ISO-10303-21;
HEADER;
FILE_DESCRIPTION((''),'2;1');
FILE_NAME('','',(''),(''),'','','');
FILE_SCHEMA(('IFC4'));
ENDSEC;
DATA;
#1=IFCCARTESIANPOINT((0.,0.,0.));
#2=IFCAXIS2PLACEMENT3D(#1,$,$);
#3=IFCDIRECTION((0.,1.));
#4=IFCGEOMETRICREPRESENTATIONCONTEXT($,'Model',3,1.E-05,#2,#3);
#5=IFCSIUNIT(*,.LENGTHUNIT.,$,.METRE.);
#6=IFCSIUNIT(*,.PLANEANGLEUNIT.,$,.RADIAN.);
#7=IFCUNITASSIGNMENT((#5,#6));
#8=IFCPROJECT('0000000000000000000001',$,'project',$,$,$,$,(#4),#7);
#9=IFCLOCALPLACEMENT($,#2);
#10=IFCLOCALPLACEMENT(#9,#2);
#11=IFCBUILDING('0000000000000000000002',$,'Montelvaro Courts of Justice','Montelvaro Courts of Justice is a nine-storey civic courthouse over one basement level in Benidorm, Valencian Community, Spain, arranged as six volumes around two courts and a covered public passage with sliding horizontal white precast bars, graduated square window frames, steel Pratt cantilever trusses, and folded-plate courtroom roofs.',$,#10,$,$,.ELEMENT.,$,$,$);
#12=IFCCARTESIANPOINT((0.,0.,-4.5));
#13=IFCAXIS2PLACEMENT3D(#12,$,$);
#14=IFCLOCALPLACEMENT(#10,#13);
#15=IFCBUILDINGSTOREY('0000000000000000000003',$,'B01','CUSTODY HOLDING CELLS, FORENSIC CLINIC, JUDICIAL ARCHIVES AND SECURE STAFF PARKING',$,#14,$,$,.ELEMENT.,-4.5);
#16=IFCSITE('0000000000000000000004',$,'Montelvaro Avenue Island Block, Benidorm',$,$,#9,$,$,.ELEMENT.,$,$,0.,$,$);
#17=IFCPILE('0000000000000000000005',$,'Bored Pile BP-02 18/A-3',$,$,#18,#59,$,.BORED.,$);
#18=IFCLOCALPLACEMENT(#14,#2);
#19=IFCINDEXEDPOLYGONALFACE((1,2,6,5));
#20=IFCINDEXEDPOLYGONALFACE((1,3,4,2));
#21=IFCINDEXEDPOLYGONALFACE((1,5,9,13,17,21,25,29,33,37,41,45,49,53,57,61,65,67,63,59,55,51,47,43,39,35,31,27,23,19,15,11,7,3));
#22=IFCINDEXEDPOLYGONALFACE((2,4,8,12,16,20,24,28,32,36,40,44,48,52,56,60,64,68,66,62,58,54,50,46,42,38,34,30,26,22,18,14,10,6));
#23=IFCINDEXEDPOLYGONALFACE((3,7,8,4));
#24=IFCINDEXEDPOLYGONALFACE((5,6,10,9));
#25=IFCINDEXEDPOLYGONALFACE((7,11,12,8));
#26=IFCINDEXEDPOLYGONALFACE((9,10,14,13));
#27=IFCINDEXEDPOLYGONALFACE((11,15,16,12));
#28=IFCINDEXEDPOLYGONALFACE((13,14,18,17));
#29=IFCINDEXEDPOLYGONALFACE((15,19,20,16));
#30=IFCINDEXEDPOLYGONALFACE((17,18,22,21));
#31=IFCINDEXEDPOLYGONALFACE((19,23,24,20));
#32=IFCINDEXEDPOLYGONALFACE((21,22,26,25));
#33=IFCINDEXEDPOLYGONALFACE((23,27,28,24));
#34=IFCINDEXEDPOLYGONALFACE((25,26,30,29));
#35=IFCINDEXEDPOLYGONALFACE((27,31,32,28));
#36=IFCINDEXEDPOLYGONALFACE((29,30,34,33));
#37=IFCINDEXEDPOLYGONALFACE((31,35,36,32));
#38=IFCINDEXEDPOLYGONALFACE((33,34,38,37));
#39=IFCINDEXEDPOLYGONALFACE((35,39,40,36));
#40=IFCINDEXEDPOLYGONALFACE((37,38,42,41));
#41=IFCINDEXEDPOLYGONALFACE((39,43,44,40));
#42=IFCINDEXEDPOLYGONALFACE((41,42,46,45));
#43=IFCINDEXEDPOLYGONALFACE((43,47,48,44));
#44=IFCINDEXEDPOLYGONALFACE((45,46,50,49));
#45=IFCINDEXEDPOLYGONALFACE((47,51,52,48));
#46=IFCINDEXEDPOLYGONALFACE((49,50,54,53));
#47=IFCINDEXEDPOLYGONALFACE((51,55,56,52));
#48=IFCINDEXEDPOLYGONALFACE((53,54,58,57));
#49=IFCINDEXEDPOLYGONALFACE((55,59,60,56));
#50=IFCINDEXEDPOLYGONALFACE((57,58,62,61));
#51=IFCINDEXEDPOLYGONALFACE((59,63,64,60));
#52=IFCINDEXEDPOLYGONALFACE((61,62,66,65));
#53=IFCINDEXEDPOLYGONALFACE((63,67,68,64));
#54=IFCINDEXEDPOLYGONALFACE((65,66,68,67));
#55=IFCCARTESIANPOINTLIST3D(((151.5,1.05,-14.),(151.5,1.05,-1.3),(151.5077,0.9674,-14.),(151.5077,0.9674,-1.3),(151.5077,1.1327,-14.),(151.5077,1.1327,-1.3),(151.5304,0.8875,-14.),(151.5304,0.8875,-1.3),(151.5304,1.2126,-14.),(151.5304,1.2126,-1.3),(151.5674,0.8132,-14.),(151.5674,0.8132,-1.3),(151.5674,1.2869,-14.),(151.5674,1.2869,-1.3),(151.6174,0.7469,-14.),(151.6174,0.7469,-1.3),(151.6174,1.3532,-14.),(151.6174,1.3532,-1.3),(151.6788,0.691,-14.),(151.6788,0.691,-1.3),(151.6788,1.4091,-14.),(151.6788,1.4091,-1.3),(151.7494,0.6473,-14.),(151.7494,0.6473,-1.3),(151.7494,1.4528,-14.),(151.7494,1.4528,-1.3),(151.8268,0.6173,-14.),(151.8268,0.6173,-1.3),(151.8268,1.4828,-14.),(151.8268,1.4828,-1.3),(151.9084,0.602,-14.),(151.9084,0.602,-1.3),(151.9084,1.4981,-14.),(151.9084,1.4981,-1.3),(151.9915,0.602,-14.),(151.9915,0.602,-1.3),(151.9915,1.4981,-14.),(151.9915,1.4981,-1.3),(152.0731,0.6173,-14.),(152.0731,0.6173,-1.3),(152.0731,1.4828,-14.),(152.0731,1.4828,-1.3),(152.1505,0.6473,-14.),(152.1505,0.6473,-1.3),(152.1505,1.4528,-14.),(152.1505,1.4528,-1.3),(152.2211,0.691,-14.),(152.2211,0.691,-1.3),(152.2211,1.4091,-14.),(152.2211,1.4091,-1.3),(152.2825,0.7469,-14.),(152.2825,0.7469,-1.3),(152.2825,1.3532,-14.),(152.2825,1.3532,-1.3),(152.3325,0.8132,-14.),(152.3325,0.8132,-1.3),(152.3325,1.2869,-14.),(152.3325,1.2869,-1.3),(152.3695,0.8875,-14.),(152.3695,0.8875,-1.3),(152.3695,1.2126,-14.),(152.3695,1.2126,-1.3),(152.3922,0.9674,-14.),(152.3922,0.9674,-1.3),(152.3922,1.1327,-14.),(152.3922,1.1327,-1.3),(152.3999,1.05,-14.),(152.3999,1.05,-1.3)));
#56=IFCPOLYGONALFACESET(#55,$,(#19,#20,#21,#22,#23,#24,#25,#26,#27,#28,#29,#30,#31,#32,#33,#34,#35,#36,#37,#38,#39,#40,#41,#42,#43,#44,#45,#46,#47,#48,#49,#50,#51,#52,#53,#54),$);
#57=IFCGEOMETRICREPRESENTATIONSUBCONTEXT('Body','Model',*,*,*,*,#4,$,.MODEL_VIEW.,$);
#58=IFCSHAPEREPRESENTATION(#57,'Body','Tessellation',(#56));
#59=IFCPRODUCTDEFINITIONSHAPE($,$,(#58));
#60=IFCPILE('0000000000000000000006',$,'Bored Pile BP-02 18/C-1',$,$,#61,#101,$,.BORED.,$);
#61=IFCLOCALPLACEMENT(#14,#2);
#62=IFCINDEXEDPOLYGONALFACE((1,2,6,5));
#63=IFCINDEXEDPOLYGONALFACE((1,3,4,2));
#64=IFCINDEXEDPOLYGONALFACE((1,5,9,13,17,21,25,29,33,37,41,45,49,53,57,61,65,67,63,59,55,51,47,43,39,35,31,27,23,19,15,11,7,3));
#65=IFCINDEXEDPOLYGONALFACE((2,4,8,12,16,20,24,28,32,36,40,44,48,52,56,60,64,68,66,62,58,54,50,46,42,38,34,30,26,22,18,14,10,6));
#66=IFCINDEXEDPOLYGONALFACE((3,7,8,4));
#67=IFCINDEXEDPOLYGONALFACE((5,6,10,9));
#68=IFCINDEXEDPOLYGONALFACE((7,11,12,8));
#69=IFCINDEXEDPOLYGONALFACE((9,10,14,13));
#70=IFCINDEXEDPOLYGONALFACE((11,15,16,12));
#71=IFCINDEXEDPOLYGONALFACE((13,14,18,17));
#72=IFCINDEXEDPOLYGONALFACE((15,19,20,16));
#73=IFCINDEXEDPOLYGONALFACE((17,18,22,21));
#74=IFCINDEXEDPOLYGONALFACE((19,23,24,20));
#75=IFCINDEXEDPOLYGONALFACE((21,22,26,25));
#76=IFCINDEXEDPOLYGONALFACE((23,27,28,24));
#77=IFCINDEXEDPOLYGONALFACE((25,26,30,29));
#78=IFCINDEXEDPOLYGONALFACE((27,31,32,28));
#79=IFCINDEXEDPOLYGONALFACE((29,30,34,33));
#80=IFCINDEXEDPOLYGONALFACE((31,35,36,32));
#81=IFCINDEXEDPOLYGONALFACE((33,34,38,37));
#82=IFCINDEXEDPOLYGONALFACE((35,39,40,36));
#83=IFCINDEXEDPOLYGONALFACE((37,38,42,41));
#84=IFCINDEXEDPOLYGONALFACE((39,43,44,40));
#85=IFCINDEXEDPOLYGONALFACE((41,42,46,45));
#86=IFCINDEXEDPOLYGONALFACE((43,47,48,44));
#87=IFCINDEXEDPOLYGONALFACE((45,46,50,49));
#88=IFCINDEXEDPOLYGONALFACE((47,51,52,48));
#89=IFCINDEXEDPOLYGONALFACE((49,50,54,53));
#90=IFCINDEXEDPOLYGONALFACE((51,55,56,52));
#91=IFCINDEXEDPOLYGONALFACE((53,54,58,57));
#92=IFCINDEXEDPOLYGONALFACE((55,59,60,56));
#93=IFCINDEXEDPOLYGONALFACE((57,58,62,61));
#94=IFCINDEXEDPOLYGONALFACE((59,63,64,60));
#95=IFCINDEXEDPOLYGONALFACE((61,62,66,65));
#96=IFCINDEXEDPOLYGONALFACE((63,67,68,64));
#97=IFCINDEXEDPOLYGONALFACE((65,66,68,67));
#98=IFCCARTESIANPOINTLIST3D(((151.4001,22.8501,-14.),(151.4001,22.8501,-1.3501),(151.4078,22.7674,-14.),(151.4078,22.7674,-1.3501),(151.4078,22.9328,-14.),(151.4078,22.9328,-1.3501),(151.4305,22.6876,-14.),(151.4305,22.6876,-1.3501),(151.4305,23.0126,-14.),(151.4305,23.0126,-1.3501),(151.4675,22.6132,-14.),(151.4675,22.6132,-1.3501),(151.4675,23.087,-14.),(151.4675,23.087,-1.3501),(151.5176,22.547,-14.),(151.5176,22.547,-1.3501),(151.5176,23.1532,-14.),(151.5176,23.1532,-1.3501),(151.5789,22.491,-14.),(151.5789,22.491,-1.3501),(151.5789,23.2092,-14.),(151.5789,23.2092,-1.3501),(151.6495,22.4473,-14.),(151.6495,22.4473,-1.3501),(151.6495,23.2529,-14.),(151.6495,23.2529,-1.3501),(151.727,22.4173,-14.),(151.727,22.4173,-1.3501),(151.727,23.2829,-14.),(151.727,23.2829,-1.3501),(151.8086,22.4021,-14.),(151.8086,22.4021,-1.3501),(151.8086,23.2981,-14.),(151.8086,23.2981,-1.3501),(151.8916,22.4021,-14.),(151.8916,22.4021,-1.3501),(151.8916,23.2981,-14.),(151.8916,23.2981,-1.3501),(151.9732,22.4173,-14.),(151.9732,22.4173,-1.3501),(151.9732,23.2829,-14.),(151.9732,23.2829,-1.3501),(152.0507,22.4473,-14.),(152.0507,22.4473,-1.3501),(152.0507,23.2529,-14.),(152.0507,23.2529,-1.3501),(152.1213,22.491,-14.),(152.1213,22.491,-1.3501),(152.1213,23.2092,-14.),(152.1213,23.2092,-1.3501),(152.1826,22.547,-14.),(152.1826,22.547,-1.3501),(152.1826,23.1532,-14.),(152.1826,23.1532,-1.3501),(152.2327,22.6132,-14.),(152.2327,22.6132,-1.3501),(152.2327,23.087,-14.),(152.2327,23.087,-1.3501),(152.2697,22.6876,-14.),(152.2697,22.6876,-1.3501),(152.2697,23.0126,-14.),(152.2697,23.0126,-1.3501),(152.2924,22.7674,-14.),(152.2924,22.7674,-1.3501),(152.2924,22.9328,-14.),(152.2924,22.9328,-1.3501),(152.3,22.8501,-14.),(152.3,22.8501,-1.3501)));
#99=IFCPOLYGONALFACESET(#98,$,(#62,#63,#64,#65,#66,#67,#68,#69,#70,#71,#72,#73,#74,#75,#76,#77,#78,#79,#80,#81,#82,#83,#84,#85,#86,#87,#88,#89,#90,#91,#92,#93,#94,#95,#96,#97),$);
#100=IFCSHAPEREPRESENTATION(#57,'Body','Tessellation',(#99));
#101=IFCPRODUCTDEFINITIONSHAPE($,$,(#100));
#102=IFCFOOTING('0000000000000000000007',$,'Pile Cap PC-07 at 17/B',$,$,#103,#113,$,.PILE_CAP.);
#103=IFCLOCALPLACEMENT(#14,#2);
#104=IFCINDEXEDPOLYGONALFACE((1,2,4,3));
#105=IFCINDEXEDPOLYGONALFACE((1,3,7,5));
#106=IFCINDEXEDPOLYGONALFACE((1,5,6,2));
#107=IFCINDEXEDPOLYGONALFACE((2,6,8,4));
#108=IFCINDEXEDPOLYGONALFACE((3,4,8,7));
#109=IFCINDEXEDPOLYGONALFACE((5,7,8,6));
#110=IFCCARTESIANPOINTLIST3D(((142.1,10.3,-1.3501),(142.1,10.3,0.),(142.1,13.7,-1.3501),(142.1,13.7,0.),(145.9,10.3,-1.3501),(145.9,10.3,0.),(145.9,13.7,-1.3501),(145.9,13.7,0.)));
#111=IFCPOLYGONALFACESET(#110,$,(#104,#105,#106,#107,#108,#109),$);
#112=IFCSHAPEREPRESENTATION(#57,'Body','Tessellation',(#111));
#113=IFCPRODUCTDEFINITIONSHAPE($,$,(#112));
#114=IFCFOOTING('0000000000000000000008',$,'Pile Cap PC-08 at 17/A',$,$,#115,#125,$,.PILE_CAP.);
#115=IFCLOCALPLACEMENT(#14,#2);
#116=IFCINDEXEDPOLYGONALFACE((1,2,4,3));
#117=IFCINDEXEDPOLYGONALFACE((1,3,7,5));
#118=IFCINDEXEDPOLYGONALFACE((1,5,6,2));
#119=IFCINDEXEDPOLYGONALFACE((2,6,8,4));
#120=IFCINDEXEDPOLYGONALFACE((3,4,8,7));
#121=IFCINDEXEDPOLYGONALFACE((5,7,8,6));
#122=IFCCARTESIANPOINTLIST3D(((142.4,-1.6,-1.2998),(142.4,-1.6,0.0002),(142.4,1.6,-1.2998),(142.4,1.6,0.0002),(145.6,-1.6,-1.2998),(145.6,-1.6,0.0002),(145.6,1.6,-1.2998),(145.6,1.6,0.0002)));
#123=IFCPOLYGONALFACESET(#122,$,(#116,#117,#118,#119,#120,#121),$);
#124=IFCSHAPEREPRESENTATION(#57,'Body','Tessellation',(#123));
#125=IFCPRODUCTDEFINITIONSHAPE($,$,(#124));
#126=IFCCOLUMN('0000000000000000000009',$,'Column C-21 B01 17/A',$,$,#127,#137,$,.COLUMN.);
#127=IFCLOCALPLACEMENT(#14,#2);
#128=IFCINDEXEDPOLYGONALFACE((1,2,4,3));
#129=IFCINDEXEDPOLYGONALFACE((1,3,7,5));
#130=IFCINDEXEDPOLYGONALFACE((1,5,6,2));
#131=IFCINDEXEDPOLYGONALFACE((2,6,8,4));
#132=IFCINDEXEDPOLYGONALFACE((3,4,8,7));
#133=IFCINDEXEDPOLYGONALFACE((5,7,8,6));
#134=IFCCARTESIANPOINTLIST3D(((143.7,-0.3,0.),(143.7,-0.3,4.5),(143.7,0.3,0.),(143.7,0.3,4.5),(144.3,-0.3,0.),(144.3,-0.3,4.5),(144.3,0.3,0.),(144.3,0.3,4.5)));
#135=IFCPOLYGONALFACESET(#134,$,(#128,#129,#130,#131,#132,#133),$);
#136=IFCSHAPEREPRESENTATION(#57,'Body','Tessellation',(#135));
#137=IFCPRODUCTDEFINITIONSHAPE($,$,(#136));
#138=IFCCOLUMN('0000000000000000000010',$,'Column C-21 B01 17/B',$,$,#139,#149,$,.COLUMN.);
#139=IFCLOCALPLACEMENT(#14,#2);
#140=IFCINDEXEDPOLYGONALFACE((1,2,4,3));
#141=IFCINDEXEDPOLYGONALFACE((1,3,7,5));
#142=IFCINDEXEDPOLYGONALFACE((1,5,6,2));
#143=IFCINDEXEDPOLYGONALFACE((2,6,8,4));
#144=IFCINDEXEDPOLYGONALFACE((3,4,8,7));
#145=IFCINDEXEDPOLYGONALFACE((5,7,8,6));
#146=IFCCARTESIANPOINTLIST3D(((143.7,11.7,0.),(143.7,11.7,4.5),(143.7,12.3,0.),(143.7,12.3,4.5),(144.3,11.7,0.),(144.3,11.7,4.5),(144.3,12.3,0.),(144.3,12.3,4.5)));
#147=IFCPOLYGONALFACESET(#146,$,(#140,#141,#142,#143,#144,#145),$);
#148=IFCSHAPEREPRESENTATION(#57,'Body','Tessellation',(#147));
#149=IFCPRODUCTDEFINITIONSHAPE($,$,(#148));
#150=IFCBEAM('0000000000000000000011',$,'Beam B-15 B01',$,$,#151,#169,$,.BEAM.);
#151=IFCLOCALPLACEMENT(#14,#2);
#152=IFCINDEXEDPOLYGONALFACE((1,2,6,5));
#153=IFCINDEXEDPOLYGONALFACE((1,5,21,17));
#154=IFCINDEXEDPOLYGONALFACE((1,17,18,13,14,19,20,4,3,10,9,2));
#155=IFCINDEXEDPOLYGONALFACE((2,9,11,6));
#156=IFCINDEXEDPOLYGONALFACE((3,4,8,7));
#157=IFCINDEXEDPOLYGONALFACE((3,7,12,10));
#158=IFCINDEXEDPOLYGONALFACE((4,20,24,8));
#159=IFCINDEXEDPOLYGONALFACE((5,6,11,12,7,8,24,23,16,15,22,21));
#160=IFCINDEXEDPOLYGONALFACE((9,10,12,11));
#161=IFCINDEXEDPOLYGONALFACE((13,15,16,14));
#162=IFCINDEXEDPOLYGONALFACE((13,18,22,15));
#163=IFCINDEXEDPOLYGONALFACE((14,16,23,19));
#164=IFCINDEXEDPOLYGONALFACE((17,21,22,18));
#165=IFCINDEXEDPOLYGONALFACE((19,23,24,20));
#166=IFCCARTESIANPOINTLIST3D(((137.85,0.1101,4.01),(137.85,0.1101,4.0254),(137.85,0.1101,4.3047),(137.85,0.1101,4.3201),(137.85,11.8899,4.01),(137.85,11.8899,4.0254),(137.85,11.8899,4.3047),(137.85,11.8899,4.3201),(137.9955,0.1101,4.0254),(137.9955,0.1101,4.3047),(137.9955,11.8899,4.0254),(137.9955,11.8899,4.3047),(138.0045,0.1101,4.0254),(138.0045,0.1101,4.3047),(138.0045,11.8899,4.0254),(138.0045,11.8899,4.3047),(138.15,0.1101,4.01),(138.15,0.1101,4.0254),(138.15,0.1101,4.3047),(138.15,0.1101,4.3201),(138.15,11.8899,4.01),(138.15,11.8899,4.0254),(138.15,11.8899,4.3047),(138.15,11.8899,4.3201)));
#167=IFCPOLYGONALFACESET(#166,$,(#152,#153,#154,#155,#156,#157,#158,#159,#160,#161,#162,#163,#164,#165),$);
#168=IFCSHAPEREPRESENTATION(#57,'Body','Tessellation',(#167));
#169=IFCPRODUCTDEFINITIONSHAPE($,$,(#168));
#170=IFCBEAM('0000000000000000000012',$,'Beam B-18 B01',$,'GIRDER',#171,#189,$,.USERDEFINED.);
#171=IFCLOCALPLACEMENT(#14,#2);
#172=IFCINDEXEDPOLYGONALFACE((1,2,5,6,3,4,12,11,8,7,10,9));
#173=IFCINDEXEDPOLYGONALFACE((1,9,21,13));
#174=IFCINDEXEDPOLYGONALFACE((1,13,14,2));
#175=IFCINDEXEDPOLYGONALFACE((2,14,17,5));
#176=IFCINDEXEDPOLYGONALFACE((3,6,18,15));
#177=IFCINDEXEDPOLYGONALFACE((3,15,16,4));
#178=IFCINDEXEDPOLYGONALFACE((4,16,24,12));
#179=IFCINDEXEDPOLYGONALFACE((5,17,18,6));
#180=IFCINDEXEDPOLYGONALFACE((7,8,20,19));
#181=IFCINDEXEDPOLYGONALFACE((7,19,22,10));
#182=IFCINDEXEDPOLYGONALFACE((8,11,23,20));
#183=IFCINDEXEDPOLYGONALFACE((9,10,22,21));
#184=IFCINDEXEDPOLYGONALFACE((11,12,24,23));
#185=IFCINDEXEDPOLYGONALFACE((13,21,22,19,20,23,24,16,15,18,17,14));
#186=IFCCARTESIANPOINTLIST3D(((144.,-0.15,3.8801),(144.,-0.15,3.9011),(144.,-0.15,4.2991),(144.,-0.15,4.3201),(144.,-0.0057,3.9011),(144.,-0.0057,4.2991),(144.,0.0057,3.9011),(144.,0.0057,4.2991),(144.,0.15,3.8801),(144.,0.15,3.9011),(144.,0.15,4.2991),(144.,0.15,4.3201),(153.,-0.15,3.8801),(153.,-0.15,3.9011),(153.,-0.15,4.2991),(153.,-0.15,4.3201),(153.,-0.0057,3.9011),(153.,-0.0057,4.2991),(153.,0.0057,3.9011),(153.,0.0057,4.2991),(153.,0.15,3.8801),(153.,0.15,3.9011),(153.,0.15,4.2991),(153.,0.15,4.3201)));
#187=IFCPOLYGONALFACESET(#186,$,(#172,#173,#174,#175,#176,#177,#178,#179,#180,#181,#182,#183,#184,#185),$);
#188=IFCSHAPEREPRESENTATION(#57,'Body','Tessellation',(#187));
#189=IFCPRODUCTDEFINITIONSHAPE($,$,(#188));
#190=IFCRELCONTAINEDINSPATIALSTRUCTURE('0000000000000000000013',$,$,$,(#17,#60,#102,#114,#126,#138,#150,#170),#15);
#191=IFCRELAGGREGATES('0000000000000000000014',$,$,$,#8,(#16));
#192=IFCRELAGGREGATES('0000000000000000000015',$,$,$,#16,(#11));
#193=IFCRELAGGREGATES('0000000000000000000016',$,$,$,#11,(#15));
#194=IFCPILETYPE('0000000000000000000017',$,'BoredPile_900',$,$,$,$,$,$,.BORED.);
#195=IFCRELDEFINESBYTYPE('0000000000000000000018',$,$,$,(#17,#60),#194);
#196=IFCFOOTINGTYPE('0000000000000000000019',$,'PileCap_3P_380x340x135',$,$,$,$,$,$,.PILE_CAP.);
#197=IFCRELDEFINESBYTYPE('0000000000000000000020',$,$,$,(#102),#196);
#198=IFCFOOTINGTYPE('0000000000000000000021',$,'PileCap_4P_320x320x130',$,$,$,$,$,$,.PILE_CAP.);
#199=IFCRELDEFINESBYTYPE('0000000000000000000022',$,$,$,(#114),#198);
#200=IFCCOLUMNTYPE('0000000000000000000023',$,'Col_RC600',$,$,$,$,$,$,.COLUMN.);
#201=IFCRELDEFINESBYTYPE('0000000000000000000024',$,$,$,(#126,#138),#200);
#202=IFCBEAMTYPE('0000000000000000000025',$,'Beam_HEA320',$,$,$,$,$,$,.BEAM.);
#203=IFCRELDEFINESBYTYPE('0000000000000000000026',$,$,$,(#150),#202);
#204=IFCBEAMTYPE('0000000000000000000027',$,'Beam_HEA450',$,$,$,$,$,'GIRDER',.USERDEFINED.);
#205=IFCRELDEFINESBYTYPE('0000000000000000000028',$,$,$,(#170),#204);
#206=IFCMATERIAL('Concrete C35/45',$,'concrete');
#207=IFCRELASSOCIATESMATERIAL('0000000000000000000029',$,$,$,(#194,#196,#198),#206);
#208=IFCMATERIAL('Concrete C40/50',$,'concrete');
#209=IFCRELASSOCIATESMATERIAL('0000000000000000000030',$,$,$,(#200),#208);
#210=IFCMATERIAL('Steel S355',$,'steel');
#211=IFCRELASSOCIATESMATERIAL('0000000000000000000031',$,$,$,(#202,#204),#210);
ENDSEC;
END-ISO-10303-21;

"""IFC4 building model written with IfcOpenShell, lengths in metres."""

from ifc_helpers import new_model, si_unit, direction, frame, origin, origin_2d, place, context, subcontext, project, spatial, rectangle, circle, i_section, extrude, material, material_profile, profile_set, type_object, element, save


model = new_model("IFC4")

# Units and contexts
model_context = context("Model", 3, precision=1e-05, world=origin(), true_north=direction((0.0, 1.0)))
body_context = subcontext(model_context, "Body", "Model", "MODEL_VIEW")
ifc_project = project(units=[si_unit("LENGTHUNIT", "METRE"), si_unit("PLANEANGLEUNIT", "RADIAN")], contexts=[model_context])

# Site, building, storey
site_placement = place(None, origin())
site = spatial("IfcSite", under=ifc_project, at=site_placement, Name="Montelvaro Avenue Island Block, Benidorm", CompositionType="ELEMENT", RefElevation=0.0)
building_placement = place(site_placement, origin())
building = spatial("IfcBuilding", under=site, at=building_placement, Name="Montelvaro Courts of Justice", Description="Montelvaro Courts of Justice is a nine-storey civic courthouse over one basement level in Benidorm, Valencian Community, Spain, arranged as six volumes around two courts and a covered public passage with sliding horizontal white precast bars, graduated square window frames, steel Pratt cantilever trusses, and folded-plate courtroom roofs.", CompositionType="ELEMENT")
storey_placement = place(building_placement, frame((0.0, 0.0, -4.5)))
storey = spatial("IfcBuildingStorey", under=building, at=storey_placement, Name="B01", Description="CUSTODY HOLDING CELLS, FORENSIC CLINIC, JUDICIAL ARCHIVES AND SECURE STAFF PARKING", CompositionType="ELEMENT", Elevation=-4.5)

# Piles
ifc_material_1 = material(Name="Concrete C35/45", Category="concrete")
ifc_material_profile_1 = material_profile(ifc_material_1, circle(Radius=0.45, at=origin_2d()), Name="BORED PILE D900")
ifc_profile_set_1 = profile_set([ifc_material_profile_1], Name="Concrete C35/45")
pile_type_1 = type_object("IfcPileType", Name="BoredPile_900", PredefinedType="BORED", material=ifc_profile_set_1)
for number, where, z_axis, x_axis, name in (
    (1, (151.95, 1.05, -1.3), (0.0, 0.0, -1.0), (1.0, 0.0, 0.0), "Bored Pile BP-02 18/A-3"),
):
    element("IfcPile", number, at=place(storey_placement, frame(where, z_axis=z_axis, x_axis=x_axis)), inside=storey, type_object=pile_type_1, Name=name, PredefinedType="BORED", context=body_context, shape_type="SweptSolid", body=[
        extrude(circle(Radius=0.45, at=origin_2d()), origin(), (0.0, 0.0, 1.0), 12.7),
    ])
pile_placement = place(storey_placement, frame((151.8501, 22.8501, -1.3501), z_axis=(0.0, 0.0, -1.0), x_axis=(1.0, 0.0, 0.0)))
element("IfcPile", 2, at=pile_placement, inside=storey, type_object=pile_type_1, Name="Bored Pile BP-02 18/C-1", PredefinedType="BORED", context=body_context, shape_type="SweptSolid", body=[
    extrude(circle(Radius=0.45, at=origin_2d()), origin(), (0.0, 0.0, 1.0), 12.6499),
])

# Footings
footing_type_1 = type_object("IfcFootingType", Name="PileCap_3P_380x340x135", PredefinedType="PILE_CAP", material=ifc_material_1)
footing_1_placement = place(storey_placement, frame((144.0, 12.0, -1.3501), z_axis=(0.0, 0.0, 1.0), x_axis=(1.0, 0.0, 0.0)))
element("IfcFooting", 3, at=footing_1_placement, inside=storey, type_object=footing_type_1, Name="Pile Cap PC-07 at 17/B", PredefinedType="PILE_CAP", context=body_context, shape_type="SweptSolid", body=[
    extrude(rectangle(XDim=3.8, YDim=3.3999, at=origin_2d()), origin(), (0.0, 0.0, 1.0), 1.3501),
])
footing_type_2 = type_object("IfcFootingType", Name="PileCap_4P_320x320x130", PredefinedType="PILE_CAP", material=ifc_material_1)
footing_2_placement = place(storey_placement, frame((144.0, 0.0, -1.2998), z_axis=(0.0, 0.0, 1.0), x_axis=(1.0, 0.0, 0.0)))
element("IfcFooting", 4, at=footing_2_placement, inside=storey, type_object=footing_type_2, Name="Pile Cap PC-08 at 17/A", PredefinedType="PILE_CAP", context=body_context, shape_type="SweptSolid", body=[
    extrude(rectangle(XDim=3.2, YDim=3.2, at=origin_2d()), origin(), (0.0, 0.0, 1.0), 1.3),
])

# Columns
ifc_material_2 = material(Name="Concrete C40/50", Category="concrete")
ifc_material_profile_2 = material_profile(ifc_material_2, rectangle(XDim=0.6001, YDim=0.6001, at=origin_2d()), Name="RC 600x600")
ifc_profile_set_2 = profile_set([ifc_material_profile_2], Name="Concrete C40/50")
column_type = type_object("IfcColumnType", Name="Col_RC600", PredefinedType="COLUMN", material=ifc_profile_set_2)
for number, where, z_axis, x_axis, name in (
    (5, (144.0, 0.0, 0.0), (0.0, 0.0, 1.0), (1.0, 0.0, 0.0), "Column C-21 B01 17/A"),
    (6, (144.0, 12.0, 0.0), (0.0, 0.0, 1.0), (1.0, 0.0, 0.0), "Column C-21 B01 17/B"),
):
    element("IfcColumn", number, at=place(storey_placement, frame(where, z_axis=z_axis, x_axis=x_axis)), inside=storey, type_object=column_type, Name=name, PredefinedType="COLUMN", context=body_context, shape_type="SweptSolid", body=[
        extrude(rectangle(XDim=0.6001, YDim=0.6001, at=origin_2d()), origin(), (0.0, 0.0, 1.0), 4.5),
    ])

# Beams
ifc_material_3 = material(Name="Steel S355", Category="steel")
ifc_material_profile_3 = material_profile(ifc_material_3, i_section(OverallWidth=0.3, OverallDepth=0.3101, WebThickness=0.009, FlangeThickness=0.0154, at=origin_2d()), Name="HEA 320")
ifc_profile_set_3 = profile_set([ifc_material_profile_3], Name="Steel S355")
beam_type_1 = type_object("IfcBeamType", Name="Beam_HEA320", PredefinedType="BEAM", material=ifc_profile_set_3)
beam_1_placement = place(storey_placement, frame((138.0, 0.1101, 4.165), z_axis=(0.0, 1.0, 0.0), x_axis=(-1.0, 0.0, 0.0)))
element("IfcBeam", 7, at=beam_1_placement, inside=storey, type_object=beam_type_1, Name="Beam B-15 B01", PredefinedType="BEAM", context=body_context, shape_type="SweptSolid", body=[
    extrude(i_section(OverallWidth=0.3, OverallDepth=0.3101, WebThickness=0.009, FlangeThickness=0.0154, at=origin_2d()), origin(), (0.0, 0.0, 1.0), 11.7798),
])
ifc_material_profile_4 = material_profile(ifc_material_3, i_section(OverallWidth=0.3, OverallDepth=0.4399, WebThickness=0.0115, FlangeThickness=0.021, at=origin_2d()), Name="HEA 450")
ifc_profile_set_4 = profile_set([ifc_material_profile_4], Name="Steel S355")
beam_type_2 = type_object("IfcBeamType", Name="Beam_HEA450", ElementType="GIRDER", PredefinedType="USERDEFINED", material=ifc_profile_set_4)
beam_2_placement = place(storey_placement, frame((144.0, 0.0, 4.1001), z_axis=(1.0, 0.0, 0.0), x_axis=(0.0, 1.0, 0.0)))
element("IfcBeam", 8, at=beam_2_placement, inside=storey, type_object=beam_type_2, Name="Beam B-18 B01", ObjectType="GIRDER", PredefinedType="USERDEFINED", context=body_context, shape_type="SweptSolid", body=[
    extrude(i_section(OverallWidth=0.3, OverallDepth=0.4399, WebThickness=0.0115, FlangeThickness=0.021, at=origin_2d()), origin(), (0.0, 0.0, 1.0), 9.0),
])

save(model, "model.ifc")
